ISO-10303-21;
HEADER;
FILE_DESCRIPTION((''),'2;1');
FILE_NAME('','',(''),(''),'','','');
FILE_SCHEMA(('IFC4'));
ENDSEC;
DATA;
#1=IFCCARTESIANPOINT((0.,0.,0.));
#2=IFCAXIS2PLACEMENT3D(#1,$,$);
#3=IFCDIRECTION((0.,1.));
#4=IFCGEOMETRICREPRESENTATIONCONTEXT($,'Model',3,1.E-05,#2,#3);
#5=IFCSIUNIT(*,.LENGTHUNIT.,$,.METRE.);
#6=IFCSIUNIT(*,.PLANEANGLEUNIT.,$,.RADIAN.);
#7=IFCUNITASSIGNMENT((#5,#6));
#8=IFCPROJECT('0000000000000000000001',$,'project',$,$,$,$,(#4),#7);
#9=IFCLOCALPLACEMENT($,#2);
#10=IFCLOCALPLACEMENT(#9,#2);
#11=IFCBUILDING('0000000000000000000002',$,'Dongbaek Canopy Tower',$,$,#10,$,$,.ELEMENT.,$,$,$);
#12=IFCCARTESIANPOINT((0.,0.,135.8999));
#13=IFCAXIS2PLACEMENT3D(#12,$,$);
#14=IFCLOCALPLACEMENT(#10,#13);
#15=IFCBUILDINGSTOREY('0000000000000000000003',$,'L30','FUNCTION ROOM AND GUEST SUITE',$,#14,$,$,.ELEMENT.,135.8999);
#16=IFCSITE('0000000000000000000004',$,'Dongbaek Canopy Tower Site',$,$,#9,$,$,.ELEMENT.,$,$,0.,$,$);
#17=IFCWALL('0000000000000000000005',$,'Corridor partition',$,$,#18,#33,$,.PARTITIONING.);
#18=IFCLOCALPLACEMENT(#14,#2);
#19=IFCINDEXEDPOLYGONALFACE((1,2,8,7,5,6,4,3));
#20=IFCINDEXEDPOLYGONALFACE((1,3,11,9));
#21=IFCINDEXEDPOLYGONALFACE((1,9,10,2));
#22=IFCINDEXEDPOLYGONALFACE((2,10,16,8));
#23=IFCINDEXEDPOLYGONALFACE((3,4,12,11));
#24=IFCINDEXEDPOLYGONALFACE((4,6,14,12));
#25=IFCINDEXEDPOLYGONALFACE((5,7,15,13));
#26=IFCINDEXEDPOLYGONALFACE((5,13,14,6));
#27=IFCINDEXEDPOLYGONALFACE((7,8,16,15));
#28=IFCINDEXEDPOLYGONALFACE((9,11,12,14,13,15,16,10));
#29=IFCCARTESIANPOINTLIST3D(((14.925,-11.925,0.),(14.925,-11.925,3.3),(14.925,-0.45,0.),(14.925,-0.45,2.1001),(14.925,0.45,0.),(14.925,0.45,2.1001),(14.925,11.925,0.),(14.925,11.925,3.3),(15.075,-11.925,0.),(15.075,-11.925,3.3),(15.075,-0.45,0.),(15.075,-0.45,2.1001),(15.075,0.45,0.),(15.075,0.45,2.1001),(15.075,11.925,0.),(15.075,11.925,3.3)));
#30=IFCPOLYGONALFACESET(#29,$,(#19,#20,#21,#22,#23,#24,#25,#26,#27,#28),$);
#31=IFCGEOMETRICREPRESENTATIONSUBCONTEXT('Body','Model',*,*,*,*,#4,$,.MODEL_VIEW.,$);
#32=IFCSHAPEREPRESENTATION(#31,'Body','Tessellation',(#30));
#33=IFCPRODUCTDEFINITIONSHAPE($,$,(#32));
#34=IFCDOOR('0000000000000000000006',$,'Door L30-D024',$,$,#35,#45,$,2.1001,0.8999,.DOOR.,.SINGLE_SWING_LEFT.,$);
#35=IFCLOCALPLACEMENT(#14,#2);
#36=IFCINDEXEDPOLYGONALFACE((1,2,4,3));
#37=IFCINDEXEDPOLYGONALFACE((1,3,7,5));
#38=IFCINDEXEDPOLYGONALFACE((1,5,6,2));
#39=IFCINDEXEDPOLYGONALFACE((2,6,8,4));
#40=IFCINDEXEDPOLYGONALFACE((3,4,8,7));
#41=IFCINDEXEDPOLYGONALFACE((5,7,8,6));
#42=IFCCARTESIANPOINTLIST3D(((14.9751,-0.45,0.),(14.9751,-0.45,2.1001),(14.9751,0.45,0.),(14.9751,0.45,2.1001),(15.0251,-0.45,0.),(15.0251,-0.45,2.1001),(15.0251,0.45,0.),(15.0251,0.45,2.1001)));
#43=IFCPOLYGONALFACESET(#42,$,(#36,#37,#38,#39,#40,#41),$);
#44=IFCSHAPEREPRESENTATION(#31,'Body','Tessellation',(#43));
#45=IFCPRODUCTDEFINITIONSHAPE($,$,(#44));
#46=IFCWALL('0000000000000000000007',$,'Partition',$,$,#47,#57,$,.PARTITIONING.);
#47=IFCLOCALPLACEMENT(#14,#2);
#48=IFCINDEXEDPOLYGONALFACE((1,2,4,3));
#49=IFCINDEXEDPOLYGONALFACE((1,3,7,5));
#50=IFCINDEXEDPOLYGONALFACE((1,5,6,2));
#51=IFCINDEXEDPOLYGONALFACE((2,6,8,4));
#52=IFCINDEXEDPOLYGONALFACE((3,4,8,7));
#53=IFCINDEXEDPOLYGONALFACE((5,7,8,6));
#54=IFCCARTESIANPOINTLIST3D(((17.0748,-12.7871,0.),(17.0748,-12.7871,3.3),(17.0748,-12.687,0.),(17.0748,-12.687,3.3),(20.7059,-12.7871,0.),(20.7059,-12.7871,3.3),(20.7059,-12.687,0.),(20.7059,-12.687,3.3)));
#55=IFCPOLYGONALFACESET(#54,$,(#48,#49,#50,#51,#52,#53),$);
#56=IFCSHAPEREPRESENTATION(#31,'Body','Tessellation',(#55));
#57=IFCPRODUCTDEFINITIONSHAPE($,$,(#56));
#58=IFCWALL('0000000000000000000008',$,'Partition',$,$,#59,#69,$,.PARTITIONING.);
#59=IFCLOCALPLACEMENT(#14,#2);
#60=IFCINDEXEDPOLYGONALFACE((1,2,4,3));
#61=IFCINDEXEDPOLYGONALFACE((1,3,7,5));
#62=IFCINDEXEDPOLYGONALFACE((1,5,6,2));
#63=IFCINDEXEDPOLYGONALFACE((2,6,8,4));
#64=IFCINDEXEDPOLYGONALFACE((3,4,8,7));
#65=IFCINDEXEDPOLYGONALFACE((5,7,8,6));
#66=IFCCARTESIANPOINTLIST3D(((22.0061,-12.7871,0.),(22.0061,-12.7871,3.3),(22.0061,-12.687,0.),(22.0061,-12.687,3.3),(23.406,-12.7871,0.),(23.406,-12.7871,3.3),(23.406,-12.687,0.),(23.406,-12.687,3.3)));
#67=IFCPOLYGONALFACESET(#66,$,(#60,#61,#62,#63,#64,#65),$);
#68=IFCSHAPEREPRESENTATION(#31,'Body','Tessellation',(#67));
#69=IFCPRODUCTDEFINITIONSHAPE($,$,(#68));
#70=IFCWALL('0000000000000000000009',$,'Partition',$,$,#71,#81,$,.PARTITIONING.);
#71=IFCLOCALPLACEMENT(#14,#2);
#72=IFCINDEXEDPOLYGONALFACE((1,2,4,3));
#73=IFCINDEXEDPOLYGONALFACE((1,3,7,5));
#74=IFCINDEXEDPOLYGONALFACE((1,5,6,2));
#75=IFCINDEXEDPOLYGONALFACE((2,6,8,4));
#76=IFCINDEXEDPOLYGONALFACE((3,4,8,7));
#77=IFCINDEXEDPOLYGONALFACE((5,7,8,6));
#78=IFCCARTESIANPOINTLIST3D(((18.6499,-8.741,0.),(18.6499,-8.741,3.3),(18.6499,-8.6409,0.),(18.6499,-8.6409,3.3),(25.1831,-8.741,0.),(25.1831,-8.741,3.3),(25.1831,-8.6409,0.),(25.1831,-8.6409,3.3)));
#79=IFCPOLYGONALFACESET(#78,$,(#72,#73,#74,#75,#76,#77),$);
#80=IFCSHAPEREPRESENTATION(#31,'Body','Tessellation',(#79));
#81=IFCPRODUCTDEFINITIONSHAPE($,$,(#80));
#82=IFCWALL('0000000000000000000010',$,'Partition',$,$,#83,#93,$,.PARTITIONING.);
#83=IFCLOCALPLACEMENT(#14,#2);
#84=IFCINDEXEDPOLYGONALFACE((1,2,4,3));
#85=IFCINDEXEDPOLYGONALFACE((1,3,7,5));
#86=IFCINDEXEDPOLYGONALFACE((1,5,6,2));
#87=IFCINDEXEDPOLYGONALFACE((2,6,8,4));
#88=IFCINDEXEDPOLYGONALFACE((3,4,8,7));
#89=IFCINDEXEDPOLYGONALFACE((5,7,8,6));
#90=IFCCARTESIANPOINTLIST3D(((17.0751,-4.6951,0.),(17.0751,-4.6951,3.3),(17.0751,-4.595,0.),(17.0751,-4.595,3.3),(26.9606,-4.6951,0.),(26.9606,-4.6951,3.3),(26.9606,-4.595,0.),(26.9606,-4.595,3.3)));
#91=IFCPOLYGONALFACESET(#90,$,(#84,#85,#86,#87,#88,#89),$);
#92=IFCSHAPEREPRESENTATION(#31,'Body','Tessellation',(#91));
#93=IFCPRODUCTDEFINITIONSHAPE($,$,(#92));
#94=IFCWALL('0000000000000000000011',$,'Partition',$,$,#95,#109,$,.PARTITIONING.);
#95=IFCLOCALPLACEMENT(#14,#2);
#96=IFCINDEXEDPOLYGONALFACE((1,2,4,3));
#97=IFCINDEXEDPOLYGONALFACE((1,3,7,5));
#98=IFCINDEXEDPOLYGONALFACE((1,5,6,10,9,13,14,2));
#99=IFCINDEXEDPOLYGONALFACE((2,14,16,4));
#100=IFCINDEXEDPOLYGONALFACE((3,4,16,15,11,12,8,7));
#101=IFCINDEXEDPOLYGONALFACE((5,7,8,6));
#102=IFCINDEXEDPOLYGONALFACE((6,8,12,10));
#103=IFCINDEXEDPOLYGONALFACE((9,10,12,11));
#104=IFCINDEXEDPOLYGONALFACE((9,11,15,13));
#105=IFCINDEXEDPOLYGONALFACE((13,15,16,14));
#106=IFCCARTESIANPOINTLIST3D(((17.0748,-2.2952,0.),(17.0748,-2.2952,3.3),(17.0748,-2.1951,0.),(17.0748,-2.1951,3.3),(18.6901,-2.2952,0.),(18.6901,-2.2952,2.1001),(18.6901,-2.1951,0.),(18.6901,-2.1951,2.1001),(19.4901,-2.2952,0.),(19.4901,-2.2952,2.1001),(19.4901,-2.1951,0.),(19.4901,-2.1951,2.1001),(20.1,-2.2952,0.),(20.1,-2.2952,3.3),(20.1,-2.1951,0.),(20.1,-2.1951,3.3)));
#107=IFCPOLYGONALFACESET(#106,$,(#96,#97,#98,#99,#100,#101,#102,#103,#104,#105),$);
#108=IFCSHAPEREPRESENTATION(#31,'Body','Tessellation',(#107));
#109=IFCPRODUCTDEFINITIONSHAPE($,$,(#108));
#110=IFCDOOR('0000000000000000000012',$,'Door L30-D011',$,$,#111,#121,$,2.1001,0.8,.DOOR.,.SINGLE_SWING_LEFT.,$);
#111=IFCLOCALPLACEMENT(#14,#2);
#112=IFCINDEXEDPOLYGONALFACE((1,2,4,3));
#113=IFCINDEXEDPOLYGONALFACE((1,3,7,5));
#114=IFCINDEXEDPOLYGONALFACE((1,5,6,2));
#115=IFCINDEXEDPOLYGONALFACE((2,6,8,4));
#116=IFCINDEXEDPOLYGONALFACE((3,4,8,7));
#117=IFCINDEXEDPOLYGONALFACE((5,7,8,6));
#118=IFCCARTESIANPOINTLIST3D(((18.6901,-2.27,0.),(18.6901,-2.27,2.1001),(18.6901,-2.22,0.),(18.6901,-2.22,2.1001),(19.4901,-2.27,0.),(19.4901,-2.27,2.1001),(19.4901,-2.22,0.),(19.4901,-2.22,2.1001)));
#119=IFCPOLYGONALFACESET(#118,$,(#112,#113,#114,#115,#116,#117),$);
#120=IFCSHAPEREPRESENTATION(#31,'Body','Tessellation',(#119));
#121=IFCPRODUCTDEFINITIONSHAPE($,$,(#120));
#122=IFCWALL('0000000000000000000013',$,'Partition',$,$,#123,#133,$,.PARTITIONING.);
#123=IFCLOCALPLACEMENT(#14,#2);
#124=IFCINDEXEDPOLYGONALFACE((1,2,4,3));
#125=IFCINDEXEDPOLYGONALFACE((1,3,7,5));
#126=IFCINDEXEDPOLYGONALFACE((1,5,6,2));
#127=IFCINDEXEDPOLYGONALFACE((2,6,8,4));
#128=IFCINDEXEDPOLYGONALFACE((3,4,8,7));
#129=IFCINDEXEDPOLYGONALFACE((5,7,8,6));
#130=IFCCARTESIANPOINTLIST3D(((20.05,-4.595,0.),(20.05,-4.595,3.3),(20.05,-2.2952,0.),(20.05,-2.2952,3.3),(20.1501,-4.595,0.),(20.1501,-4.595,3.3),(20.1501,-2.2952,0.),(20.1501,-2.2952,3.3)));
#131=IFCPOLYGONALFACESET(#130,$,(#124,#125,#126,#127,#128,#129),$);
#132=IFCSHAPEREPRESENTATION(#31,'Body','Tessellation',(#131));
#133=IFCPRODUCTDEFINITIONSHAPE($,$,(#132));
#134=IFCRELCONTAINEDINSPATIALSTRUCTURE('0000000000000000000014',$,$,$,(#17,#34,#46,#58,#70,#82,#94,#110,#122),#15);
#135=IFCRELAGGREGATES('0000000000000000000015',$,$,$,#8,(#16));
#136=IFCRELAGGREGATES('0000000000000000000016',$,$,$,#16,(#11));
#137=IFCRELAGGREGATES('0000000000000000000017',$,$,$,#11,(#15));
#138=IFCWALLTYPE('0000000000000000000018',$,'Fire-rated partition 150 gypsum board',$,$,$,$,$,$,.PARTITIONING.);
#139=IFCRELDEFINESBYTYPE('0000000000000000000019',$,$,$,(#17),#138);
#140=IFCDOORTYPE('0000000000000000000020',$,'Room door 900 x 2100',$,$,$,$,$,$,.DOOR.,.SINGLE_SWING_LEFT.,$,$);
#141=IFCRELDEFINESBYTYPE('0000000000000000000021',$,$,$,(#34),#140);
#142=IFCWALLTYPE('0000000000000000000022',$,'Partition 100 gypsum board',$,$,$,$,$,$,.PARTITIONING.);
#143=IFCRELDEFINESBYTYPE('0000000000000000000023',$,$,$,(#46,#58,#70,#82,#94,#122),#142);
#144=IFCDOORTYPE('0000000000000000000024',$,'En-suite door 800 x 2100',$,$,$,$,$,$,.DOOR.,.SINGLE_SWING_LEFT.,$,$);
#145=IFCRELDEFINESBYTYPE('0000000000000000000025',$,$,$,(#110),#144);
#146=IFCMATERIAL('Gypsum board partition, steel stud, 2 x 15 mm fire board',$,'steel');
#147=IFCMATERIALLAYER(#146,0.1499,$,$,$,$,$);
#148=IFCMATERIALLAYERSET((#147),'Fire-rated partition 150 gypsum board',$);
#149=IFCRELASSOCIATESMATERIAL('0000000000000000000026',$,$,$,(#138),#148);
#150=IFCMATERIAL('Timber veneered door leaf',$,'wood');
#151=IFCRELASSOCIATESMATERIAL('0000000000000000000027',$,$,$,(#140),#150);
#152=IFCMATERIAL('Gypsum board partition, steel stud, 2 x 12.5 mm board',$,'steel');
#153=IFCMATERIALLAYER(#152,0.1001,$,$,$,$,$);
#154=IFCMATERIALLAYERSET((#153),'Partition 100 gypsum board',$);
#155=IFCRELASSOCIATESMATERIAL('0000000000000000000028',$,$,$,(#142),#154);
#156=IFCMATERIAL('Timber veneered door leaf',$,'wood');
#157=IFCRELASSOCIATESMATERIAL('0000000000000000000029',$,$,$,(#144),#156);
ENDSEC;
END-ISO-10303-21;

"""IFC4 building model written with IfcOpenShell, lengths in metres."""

from ifc_helpers import new_model, si_unit, direction, frame, frame_2d, origin, place, context, subcontext, project, spatial, rectangle, extrude, material, layer, layer_set, type_object, element, fill, save


model = new_model("IFC4")

# Units and contexts
model_context = context("Model", 3, precision=1e-05, world=origin(), true_north=direction((0.0, 1.0)))
body_context = subcontext(model_context, "Body", "Model", "MODEL_VIEW")
ifc_project = project(units=[si_unit("LENGTHUNIT", "METRE"), si_unit("PLANEANGLEUNIT", "RADIAN")], contexts=[model_context])

# Site, building, storey
site_placement = place(None, origin())
site = spatial("IfcSite", under=ifc_project, at=site_placement, Name="Dongbaek Canopy Tower Site", CompositionType="ELEMENT", RefElevation=0.0)
building_placement = place(site_placement, origin())
building = spatial("IfcBuilding", under=site, at=building_placement, Name="Dongbaek Canopy Tower", CompositionType="ELEMENT")
storey_placement = place(building_placement, frame((0.0, 0.0, 135.8999)))
storey = spatial("IfcBuildingStorey", under=building, at=storey_placement, Name="L30", Description="FUNCTION ROOM AND GUEST SUITE", CompositionType="ELEMENT", Elevation=135.8999)

# Wall, opening, door
ifc_material_1 = material(Name="Gypsum board partition, steel stud, 2 x 15 mm fire board", Category="steel")
ifc_layer_1 = layer(ifc_material_1, 0.1499)
ifc_layer_set_1 = layer_set([ifc_layer_1], Name="Fire-rated partition 150 gypsum board")
wall_type_1 = type_object("IfcWallType", Name="Fire-rated partition 150 gypsum board", PredefinedType="PARTITIONING", material=ifc_layer_set_1)
wall_1_placement = place(storey_placement, frame((15.0, -11.925, 0.0), z_axis=(0.0, 0.0, 1.0), x_axis=(0.0, 1.0, 0.0)))
wall_1 = element("IfcWall", 1, at=wall_1_placement, inside=storey, type_object=wall_type_1, Name="Corridor partition", PredefinedType="PARTITIONING", context=body_context, shape_type="SweptSolid", body=[
    extrude(rectangle(XDim=23.8501, YDim=0.1499, at=frame_2d((11.925, 0.0))), origin(), (0.0, 0.0, 1.0), 3.3),
])
opening_1_placement = place(wall_1_placement, frame((11.4751, 0.0, 0.0)))
opening_1 = element("IfcOpeningElement", 2, at=opening_1_placement, cuts=wall_1, PredefinedType="OPENING", context=body_context, shape_type="SweptSolid", body=[
    extrude(rectangle(XDim=0.8999, YDim=2.1001, at=frame_2d((0.45, 1.05))), frame((0.0, 0.085, 0.0), z_axis=(0.0, -1.0, 0.0), x_axis=(1.0, 0.0, 0.0)), (0.0, 0.0, 1.0), 0.1699),
])
ifc_material_2 = material(Name="Timber veneered door leaf", Category="wood")
door_type_1 = type_object("IfcDoorType", Name="Room door 900 x 2100", OperationType="SINGLE_SWING_LEFT", PredefinedType="DOOR", material=ifc_material_2)
door_1_placement = place(opening_1_placement, origin())
door_1 = element("IfcDoor", 3, at=door_1_placement, inside=storey, type_object=door_type_1, Name="Door L30-D024", OperationType="SINGLE_SWING_LEFT", OverallHeight=2.1001, OverallWidth=0.8999, PredefinedType="DOOR", context=body_context, shape_type="SweptSolid", body=[
    extrude(rectangle(XDim=0.8999, YDim=2.1001, at=frame_2d((0.45, 1.05))), frame((0.0, 0.0249, 0.0), z_axis=(0.0, -1.0, 0.0), x_axis=(1.0, 0.0, 0.0)), (0.0, 0.0, 1.0), 0.05),
])
fill(opening_1, door_1)

# Walls
ifc_material_3 = material(Name="Gypsum board partition, steel stud, 2 x 12.5 mm board", Category="steel")
ifc_layer_2 = layer(ifc_material_3, 0.1001)
ifc_layer_set_2 = layer_set([ifc_layer_2], Name="Partition 100 gypsum board")
wall_type_2 = type_object("IfcWallType", Name="Partition 100 gypsum board", PredefinedType="PARTITIONING", material=ifc_layer_set_2)
wall_2_placement = place(storey_placement, frame((17.075, -12.7371, 0.0), z_axis=(0.0, 0.0, 1.0), x_axis=(1.0, 0.0, 0.0)))
element("IfcWall", 4, at=wall_2_placement, inside=storey, type_object=wall_type_2, Name="Partition", PredefinedType="PARTITIONING", context=body_context, shape_type="SweptSolid", body=[
    extrude(rectangle(XDim=3.6311, YDim=0.1001, at=frame_2d((1.8154, 0.0))), origin(), (0.0, 0.0, 1.0), 3.3),
])
wall_3_placement = place(storey_placement, frame((22.0061, -12.7371, 0.0), z_axis=(0.0, 0.0, 1.0), x_axis=(1.0, 0.0, 0.0)))
element("IfcWall", 5, at=wall_3_placement, inside=storey, type_object=wall_type_2, Name="Partition", PredefinedType="PARTITIONING", context=body_context, shape_type="SweptSolid", body=[
    extrude(rectangle(XDim=1.3999, YDim=0.1001, at=frame_2d((0.7, 0.0))), origin(), (0.0, 0.0, 1.0), 3.3),
])
wall_4_placement = place(storey_placement, frame((18.6499, -8.6909, 0.0), z_axis=(0.0, 0.0, 1.0), x_axis=(1.0, 0.0, 0.0)))
element("IfcWall", 6, at=wall_4_placement, inside=storey, type_object=wall_type_2, Name="Partition", PredefinedType="PARTITIONING", context=body_context, shape_type="SweptSolid", body=[
    extrude(rectangle(XDim=6.5332, YDim=0.1001, at=frame_2d((3.2666, 0.0))), origin(), (0.0, 0.0, 1.0), 3.3),
])
wall_5_placement = place(storey_placement, frame((17.075, -4.645, 0.0), z_axis=(0.0, 0.0, 1.0), x_axis=(1.0, 0.0, 0.0)))
element("IfcWall", 7, at=wall_5_placement, inside=storey, type_object=wall_type_2, Name="Partition", PredefinedType="PARTITIONING", context=body_context, shape_type="SweptSolid", body=[
    extrude(rectangle(XDim=9.8855, YDim=0.1001, at=frame_2d((4.9429, 0.0))), origin(), (0.0, 0.0, 1.0), 3.3),
])

# Wall, opening, door
wall_6_placement = place(storey_placement, frame((20.1001, -2.2451, 0.0), z_axis=(0.0, 0.0, 1.0), x_axis=(-1.0, 0.0, 0.0)))
wall_6 = element("IfcWall", 8, at=wall_6_placement, inside=storey, type_object=wall_type_2, Name="Partition", PredefinedType="PARTITIONING", context=body_context, shape_type="SweptSolid", body=[
    extrude(rectangle(XDim=3.0251, YDim=0.1001, at=frame_2d((1.5127, 0.0))), origin(), (0.0, 0.0, 1.0), 3.3),
])
opening_2_placement = place(wall_6_placement, frame((0.6101, 0.0, 0.0)))
opening_2 = element("IfcOpeningElement", 9, at=opening_2_placement, cuts=wall_6, PredefinedType="OPENING", context=body_context, shape_type="SweptSolid", body=[
    extrude(rectangle(XDim=0.8, YDim=2.1001, at=frame_2d((0.3999, 1.05))), frame((0.0, 0.0601, 0.0), z_axis=(0.0, -1.0, 0.0), x_axis=(1.0, 0.0, 0.0)), (0.0, 0.0, 1.0), 0.1201),
])
ifc_material_4 = material(Name="Timber veneered door leaf", Category="wood")
door_type_2 = type_object("IfcDoorType", Name="En-suite door 800 x 2100", OperationType="SINGLE_SWING_LEFT", PredefinedType="DOOR", material=ifc_material_4)
door_2_placement = place(opening_2_placement, origin())
door_2 = element("IfcDoor", 10, at=door_2_placement, inside=storey, type_object=door_type_2, Name="Door L30-D011", OperationType="SINGLE_SWING_LEFT", OverallHeight=2.1001, OverallWidth=0.8, PredefinedType="DOOR", context=body_context, shape_type="SweptSolid", body=[
    extrude(rectangle(XDim=0.8, YDim=2.1001, at=frame_2d((0.3999, 1.05))), frame((0.0, 0.0249, 0.0), z_axis=(0.0, -1.0, 0.0), x_axis=(1.0, 0.0, 0.0)), (0.0, 0.0, 1.0), 0.05),
])
fill(opening_2, door_2)

# Wall
wall_7_placement = place(storey_placement, frame((20.1001, -4.595, 0.0), z_axis=(0.0, 0.0, 1.0), x_axis=(0.0, 1.0, 0.0)))
element("IfcWall", 11, at=wall_7_placement, inside=storey, type_object=wall_type_2, Name="Partition", PredefinedType="PARTITIONING", context=body_context, shape_type="SweptSolid", body=[
    extrude(rectangle(XDim=2.2998, YDim=0.1001, at=frame_2d((1.1499, 0.0))), origin(), (0.0, 0.0, 1.0), 3.3),
])

save(model, "model.ifc")
